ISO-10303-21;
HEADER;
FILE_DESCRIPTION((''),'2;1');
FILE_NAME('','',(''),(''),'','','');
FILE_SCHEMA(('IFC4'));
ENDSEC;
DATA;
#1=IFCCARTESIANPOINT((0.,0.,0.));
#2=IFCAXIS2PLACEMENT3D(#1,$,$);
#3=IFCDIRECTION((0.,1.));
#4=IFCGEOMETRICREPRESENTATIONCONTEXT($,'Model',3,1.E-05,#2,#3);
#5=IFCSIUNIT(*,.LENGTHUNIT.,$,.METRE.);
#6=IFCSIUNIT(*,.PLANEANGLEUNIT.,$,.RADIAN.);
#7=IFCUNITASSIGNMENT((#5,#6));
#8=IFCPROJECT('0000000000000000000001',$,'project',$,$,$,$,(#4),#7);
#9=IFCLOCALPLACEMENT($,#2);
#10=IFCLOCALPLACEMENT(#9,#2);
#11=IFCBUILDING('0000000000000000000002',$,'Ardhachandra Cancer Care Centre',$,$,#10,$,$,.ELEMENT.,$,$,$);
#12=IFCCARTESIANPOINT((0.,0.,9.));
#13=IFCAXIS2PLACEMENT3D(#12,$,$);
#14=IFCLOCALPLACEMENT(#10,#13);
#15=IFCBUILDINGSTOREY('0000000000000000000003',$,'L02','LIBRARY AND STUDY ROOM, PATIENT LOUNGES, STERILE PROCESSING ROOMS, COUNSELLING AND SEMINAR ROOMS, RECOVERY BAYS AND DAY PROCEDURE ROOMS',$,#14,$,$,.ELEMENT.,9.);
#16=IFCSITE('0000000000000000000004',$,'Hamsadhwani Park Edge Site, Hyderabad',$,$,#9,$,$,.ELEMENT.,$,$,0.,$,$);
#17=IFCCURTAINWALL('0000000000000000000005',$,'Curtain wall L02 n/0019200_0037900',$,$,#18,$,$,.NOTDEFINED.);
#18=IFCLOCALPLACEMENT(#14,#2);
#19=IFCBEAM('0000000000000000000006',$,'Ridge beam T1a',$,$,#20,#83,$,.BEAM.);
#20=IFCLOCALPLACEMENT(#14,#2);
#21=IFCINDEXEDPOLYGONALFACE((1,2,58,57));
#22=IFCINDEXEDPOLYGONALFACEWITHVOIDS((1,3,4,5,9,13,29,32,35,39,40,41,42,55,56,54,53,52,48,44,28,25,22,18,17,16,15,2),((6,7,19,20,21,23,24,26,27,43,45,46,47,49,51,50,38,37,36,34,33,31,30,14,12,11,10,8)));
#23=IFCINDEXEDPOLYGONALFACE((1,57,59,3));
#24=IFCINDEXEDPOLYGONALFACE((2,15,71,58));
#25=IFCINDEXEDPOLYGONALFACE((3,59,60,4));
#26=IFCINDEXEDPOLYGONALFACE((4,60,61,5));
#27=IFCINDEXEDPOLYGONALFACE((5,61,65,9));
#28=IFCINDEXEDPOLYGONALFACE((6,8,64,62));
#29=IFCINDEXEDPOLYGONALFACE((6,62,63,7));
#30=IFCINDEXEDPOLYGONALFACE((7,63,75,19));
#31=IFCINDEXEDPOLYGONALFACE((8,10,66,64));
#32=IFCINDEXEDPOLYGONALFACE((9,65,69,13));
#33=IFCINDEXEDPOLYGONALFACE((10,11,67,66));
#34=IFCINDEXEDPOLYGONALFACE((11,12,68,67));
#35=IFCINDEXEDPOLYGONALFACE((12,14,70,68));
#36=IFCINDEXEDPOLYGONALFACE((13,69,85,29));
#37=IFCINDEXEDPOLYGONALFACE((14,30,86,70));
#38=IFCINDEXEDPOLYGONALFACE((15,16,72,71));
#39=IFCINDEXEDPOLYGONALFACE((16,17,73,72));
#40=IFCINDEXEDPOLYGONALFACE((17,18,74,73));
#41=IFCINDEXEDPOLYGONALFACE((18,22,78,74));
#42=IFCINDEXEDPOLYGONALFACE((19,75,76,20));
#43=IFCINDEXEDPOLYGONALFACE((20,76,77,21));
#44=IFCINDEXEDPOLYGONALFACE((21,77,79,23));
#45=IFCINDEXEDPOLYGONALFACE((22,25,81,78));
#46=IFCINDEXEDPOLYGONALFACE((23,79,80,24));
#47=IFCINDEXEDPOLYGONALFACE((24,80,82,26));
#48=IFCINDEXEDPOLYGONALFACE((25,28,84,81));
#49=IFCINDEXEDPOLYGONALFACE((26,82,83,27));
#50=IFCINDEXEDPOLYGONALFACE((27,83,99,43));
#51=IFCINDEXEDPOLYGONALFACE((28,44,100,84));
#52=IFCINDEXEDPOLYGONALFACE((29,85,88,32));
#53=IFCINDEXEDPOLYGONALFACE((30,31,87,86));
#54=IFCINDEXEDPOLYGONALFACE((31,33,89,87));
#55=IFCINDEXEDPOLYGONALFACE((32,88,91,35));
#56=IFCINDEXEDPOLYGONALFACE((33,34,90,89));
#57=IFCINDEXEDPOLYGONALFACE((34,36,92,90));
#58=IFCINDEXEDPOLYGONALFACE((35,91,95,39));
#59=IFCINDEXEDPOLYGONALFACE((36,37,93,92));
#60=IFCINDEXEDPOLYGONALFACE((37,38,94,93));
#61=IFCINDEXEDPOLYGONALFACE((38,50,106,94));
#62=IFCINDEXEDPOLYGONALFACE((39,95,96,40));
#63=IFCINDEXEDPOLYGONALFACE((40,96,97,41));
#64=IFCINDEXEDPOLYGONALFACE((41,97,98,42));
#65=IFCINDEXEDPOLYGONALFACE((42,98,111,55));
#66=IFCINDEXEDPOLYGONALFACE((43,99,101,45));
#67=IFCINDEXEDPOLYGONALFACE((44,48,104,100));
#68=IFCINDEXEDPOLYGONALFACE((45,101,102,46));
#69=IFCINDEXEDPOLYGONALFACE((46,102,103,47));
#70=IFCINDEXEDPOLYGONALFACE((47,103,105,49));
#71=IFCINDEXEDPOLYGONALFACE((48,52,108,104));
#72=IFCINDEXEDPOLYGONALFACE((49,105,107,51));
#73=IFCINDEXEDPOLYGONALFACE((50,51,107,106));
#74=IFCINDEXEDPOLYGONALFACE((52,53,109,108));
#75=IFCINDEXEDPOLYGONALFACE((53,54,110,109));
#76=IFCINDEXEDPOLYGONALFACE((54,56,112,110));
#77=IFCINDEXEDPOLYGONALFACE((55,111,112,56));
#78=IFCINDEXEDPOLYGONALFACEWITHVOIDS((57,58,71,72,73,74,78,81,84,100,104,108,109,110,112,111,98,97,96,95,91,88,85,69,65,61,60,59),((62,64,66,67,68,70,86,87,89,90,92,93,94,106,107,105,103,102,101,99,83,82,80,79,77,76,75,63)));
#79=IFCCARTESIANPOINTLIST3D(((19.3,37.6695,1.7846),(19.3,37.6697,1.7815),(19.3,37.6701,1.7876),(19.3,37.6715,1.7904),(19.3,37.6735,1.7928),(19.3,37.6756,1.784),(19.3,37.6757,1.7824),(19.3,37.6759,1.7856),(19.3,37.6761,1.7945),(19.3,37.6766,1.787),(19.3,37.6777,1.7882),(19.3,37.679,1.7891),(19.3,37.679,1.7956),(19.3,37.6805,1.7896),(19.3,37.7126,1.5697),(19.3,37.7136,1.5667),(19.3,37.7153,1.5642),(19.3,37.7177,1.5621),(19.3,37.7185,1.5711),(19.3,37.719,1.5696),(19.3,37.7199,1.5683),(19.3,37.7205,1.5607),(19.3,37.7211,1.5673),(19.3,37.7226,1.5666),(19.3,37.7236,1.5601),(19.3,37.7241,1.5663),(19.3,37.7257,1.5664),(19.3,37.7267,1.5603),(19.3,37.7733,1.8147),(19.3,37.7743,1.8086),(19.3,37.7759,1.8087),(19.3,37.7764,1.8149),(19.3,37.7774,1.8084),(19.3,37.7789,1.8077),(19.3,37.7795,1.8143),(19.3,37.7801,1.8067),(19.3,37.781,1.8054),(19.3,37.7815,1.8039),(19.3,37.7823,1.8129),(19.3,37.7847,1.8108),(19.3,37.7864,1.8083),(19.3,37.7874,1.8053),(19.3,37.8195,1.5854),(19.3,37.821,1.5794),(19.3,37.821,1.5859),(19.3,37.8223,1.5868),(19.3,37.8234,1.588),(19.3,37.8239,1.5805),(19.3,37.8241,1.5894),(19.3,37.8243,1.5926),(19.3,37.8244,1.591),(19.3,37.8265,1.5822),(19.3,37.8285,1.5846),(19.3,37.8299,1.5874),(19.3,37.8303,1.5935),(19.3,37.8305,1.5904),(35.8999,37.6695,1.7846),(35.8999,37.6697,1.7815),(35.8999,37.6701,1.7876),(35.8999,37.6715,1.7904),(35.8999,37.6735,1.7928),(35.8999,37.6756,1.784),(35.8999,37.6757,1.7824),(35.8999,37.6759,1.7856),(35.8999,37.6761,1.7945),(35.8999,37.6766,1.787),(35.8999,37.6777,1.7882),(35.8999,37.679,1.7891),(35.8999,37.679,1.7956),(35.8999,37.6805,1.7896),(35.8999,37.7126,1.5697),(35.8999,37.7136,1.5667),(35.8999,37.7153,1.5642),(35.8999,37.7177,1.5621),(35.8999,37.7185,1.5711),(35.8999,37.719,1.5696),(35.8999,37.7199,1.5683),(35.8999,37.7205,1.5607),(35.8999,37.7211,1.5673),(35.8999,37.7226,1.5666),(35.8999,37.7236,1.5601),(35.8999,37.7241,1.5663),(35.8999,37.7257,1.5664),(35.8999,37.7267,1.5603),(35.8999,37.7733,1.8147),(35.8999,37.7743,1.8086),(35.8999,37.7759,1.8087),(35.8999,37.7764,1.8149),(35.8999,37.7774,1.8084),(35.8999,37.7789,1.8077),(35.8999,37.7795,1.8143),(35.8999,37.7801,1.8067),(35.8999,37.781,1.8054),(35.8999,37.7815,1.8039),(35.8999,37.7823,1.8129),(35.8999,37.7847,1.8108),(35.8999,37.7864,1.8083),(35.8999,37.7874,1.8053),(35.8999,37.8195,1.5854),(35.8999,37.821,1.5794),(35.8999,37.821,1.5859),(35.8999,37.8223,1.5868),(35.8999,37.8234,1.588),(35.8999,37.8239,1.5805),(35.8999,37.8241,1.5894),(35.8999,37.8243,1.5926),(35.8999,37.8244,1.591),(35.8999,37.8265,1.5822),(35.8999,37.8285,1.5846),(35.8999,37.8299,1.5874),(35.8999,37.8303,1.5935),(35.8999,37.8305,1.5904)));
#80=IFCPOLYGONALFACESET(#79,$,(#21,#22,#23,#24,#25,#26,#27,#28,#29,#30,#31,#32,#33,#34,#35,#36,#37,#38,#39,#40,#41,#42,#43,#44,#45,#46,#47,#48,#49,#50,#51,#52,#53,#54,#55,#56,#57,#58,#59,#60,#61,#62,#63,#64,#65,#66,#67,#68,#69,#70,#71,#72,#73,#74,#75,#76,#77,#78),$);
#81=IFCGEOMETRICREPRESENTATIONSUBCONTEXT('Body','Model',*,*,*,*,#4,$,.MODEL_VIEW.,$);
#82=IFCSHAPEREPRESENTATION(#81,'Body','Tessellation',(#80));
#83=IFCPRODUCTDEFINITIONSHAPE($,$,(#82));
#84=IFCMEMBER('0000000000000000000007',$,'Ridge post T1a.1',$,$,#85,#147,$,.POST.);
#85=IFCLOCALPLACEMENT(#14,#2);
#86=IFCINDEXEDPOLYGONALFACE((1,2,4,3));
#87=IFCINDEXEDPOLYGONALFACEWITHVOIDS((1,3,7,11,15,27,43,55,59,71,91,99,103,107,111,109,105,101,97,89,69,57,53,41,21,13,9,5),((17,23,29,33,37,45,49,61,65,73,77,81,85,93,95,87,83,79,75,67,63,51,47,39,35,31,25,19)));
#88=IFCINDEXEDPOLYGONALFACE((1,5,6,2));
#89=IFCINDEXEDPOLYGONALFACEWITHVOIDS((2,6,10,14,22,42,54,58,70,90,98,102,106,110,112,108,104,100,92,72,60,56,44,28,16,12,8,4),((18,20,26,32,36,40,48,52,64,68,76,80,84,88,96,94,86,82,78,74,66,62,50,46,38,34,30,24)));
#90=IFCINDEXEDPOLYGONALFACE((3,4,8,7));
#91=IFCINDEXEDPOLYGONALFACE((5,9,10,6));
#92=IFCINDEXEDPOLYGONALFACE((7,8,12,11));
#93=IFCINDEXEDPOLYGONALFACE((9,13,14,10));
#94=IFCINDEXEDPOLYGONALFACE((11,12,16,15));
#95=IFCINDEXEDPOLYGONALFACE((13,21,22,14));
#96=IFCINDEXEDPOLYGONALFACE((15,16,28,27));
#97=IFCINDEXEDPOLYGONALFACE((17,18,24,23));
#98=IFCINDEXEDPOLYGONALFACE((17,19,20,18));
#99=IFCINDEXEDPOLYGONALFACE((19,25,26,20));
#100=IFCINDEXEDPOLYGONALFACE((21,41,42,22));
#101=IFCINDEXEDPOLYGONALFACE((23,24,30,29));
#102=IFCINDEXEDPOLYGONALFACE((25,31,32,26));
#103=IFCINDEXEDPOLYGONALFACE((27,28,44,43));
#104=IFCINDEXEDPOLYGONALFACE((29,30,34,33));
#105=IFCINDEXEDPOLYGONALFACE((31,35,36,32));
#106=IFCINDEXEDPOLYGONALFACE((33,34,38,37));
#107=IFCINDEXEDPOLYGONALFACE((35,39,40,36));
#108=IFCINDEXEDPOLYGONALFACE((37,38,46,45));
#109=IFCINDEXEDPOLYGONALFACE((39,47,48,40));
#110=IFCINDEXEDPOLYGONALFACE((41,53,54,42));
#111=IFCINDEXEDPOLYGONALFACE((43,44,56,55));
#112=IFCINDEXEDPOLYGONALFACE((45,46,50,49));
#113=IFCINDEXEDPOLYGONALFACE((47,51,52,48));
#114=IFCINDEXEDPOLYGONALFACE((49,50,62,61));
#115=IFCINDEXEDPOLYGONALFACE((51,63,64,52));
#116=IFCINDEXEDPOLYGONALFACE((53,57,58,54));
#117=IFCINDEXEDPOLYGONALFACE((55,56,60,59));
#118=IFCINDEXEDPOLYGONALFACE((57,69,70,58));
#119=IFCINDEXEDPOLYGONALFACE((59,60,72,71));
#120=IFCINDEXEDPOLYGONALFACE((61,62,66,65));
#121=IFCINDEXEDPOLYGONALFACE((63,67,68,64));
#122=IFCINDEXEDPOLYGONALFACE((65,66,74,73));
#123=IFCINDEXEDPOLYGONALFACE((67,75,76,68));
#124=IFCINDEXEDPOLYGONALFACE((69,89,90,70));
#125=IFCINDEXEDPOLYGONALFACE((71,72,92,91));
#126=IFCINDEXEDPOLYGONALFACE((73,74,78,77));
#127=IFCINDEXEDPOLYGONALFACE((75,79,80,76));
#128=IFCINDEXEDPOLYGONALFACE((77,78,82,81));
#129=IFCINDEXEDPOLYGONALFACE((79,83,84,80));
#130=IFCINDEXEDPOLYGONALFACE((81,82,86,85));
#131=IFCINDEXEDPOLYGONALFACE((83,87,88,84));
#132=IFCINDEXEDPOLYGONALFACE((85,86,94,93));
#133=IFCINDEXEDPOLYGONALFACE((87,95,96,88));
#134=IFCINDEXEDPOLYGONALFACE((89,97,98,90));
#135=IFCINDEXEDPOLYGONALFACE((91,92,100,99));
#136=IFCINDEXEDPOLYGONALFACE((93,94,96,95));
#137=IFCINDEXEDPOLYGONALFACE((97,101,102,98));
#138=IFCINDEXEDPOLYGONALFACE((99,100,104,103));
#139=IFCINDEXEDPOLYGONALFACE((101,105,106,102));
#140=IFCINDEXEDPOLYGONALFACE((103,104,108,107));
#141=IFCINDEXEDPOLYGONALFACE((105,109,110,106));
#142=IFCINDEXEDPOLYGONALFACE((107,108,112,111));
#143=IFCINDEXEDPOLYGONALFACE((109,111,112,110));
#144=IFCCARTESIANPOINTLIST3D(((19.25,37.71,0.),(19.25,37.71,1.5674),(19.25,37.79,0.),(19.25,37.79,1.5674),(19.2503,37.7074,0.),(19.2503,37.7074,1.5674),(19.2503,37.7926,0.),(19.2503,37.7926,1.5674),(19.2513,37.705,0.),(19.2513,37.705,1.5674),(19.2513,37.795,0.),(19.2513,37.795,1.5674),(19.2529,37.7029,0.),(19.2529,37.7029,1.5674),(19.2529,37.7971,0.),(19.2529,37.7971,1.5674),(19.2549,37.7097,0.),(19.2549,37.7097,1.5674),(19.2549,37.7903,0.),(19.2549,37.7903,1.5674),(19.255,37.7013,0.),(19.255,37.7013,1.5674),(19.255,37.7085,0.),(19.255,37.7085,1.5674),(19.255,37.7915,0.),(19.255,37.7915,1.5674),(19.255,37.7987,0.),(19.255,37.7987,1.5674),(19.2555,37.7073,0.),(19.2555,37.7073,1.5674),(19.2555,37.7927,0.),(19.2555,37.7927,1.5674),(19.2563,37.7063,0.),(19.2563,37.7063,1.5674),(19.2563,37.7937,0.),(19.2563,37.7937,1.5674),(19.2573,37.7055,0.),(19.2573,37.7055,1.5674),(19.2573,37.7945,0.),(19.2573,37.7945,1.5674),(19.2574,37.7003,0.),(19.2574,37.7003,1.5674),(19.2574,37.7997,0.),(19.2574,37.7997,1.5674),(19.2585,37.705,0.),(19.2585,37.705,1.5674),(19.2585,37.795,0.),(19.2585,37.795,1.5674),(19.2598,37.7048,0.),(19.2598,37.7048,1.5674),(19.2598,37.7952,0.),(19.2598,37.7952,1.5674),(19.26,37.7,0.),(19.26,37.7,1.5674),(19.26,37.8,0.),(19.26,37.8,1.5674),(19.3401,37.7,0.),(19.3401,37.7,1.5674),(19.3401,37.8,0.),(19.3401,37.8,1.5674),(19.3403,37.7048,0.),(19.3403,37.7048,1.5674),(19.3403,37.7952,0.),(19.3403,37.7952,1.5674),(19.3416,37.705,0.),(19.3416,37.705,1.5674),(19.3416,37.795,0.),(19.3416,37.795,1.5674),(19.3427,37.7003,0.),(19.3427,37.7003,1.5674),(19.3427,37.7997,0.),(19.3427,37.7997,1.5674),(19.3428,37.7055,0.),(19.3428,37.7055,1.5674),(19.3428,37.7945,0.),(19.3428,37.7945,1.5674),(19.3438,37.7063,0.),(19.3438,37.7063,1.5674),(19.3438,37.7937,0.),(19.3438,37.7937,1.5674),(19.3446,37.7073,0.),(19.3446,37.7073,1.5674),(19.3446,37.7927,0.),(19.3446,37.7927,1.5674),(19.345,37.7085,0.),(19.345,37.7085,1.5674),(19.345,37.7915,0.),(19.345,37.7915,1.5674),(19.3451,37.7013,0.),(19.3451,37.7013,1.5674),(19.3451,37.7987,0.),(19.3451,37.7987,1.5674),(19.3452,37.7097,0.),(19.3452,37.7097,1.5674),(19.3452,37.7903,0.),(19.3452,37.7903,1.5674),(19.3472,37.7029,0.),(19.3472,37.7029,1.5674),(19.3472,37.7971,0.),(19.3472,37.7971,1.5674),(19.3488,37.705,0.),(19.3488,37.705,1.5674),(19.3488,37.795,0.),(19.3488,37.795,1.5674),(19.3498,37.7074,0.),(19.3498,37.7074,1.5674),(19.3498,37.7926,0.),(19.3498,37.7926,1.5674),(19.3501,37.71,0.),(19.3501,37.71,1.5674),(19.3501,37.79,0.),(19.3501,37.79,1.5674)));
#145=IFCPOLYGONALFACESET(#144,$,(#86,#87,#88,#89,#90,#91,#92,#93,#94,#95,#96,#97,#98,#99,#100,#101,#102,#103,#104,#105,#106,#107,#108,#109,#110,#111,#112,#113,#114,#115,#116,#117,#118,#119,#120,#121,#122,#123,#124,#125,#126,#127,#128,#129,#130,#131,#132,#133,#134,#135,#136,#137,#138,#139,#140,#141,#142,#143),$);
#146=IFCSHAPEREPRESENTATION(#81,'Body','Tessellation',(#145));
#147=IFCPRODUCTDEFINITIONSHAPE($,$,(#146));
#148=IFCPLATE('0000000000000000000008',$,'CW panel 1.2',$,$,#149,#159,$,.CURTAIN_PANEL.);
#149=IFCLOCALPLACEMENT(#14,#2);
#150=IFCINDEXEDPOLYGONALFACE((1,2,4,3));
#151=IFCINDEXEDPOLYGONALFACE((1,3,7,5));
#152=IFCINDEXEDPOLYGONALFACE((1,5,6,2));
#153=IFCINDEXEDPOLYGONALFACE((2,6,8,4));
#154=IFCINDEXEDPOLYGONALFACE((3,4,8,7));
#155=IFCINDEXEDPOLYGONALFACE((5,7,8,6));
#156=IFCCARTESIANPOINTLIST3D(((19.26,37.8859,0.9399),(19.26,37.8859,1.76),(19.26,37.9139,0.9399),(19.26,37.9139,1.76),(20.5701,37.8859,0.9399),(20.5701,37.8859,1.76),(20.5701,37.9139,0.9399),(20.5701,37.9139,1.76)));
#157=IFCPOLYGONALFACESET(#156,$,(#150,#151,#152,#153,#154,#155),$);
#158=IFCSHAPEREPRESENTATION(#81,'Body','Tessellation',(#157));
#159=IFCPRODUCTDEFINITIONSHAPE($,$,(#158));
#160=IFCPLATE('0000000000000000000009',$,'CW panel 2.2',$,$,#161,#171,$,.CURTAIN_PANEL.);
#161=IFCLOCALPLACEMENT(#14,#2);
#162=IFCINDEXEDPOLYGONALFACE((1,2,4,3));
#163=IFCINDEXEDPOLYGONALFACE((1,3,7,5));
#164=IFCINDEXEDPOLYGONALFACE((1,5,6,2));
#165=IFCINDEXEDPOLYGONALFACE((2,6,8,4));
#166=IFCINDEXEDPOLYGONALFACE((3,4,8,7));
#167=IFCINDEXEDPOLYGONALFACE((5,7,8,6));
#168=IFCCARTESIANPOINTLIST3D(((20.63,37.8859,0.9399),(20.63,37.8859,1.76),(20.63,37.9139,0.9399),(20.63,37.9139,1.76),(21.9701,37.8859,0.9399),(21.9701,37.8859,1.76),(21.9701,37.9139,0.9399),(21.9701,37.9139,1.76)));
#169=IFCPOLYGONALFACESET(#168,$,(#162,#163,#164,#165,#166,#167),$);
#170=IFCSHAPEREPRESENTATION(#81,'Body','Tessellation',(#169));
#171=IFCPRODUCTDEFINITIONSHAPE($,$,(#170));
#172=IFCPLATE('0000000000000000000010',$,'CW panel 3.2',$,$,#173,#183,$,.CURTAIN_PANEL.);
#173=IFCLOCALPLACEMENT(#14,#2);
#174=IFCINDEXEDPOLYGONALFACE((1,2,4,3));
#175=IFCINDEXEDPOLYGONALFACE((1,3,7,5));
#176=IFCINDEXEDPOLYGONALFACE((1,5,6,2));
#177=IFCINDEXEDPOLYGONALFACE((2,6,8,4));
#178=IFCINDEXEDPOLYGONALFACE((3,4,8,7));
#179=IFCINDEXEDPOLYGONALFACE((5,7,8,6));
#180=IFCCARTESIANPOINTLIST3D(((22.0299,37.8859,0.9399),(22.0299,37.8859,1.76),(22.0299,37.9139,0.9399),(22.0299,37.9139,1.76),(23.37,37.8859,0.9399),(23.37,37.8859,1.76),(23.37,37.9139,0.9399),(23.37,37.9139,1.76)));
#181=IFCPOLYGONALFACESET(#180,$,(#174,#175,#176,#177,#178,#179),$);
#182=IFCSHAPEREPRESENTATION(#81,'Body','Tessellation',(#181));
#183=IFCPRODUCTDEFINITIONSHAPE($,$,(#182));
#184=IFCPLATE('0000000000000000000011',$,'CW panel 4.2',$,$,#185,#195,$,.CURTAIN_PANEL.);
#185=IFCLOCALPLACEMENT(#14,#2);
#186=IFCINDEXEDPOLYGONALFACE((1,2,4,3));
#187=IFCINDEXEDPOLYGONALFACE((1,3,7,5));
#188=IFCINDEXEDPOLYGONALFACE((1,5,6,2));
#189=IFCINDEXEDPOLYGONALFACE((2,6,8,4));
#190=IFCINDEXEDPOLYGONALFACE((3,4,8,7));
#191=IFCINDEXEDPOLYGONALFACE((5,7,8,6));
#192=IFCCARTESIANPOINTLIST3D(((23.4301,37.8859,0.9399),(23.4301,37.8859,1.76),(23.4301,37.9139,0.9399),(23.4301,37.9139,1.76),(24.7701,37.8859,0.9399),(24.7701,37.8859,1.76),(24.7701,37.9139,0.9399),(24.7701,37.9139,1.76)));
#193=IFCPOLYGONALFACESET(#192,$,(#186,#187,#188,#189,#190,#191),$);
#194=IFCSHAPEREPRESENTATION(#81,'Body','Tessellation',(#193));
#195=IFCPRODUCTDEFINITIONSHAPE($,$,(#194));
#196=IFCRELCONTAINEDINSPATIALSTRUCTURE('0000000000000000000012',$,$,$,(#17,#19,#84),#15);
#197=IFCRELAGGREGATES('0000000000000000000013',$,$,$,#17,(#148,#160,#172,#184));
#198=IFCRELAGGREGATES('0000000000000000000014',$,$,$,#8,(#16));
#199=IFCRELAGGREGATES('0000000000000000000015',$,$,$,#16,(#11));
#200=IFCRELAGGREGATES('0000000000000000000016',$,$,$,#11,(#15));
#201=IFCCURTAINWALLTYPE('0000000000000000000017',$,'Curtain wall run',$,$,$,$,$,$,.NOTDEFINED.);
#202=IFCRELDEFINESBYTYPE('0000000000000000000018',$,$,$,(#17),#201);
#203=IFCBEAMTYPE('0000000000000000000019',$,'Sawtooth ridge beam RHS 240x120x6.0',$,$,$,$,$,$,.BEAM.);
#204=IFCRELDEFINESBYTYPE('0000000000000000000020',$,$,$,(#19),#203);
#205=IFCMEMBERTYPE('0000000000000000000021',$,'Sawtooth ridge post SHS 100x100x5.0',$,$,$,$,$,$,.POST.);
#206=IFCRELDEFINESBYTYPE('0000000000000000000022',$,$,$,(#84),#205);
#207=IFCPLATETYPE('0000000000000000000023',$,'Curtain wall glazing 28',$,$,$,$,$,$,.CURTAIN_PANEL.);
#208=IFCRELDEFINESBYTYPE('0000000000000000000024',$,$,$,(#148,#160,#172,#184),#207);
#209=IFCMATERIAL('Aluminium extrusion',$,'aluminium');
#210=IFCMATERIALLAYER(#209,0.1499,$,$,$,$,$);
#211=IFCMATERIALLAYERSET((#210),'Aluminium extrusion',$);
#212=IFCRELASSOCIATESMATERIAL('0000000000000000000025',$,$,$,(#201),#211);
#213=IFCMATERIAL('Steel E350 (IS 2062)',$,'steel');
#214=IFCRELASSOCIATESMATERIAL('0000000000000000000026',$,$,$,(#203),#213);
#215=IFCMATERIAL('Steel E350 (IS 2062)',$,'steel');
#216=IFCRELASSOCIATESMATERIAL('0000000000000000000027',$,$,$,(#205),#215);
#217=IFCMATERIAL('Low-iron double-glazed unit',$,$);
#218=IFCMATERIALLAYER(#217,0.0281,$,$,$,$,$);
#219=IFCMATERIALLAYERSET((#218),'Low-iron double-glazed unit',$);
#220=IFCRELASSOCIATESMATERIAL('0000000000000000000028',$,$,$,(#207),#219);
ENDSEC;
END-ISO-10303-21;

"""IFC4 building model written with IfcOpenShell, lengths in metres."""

from ifc_helpers import new_model, si_unit, direction, frame, origin, origin_2d, place, context, subcontext, project, spatial, rectangle, hollow_rectangle, extrude, material, layer, layer_set, material_profile, profile_set, type_object, element, aggregate, save


model = new_model("IFC4")

# Units and contexts
model_context = context("Model", 3, precision=1e-05, world=origin(), true_north=direction((0.0, 1.0)))
body_context = subcontext(model_context, "Body", "Model", "MODEL_VIEW")
ifc_project = project(units=[si_unit("LENGTHUNIT", "METRE"), si_unit("PLANEANGLEUNIT", "RADIAN")], contexts=[model_context])

# Site, building, storey
site_placement = place(None, origin())
site = spatial("IfcSite", under=ifc_project, at=site_placement, Name="Hamsadhwani Park Edge Site, Hyderabad", CompositionType="ELEMENT", RefElevation=0.0)
building_placement = place(site_placement, origin())
building = spatial("IfcBuilding", under=site, at=building_placement, Name="Ardhachandra Cancer Care Centre", CompositionType="ELEMENT")
storey_placement = place(building_placement, frame((0.0, 0.0, 9.0)))
storey = spatial("IfcBuildingStorey", under=building, at=storey_placement, Name="L02", Description="LIBRARY AND STUDY ROOM, PATIENT LOUNGES, STERILE PROCESSING ROOMS, COUNSELLING AND SEMINAR ROOMS, RECOVERY BAYS AND DAY PROCEDURE ROOMS", CompositionType="ELEMENT", Elevation=9.0)

# Curtain wall
ifc_material_1 = material(Name="Aluminium extrusion", Category="aluminium")
ifc_layer_1 = layer(ifc_material_1, 0.1499)
ifc_layer_set_1 = layer_set([ifc_layer_1], Name="Aluminium extrusion")
curtain_wall_type = type_object("IfcCurtainWallType", Name="Curtain wall run", PredefinedType="NOTDEFINED", material=ifc_layer_set_1)
curtain_wall_placement = place(storey_placement, origin())
curtain_wall = element("IfcCurtainWall", 1, at=curtain_wall_placement, inside=storey, type_object=curtain_wall_type, Name="Curtain wall L02 n/0019200_0037900", PredefinedType="NOTDEFINED")

# Beam
ifc_material_2 = material(Name="Steel E350 (IS 2062)", Category="steel")
ifc_material_profile_1 = material_profile(ifc_material_2, hollow_rectangle(XDim=0.1201, YDim=0.24, WallThickness=0.0061, InnerFilletRadius=0.0061, OuterFilletRadius=0.012, at=origin_2d()), Name="RHS 240x120x6.0")
ifc_profile_set_1 = profile_set([ifc_material_profile_1], Name="Steel E350 (IS 2062)")
beam_type = type_object("IfcBeamType", Name="Sawtooth ridge beam RHS 240x120x6.0", PredefinedType="BEAM", material=ifc_profile_set_1)
beam_placement = place(storey_placement, frame((19.3, 37.75, 1.6875), z_axis=(1.0, 0.0, 0.0), x_axis=(0.0, 0.980107, 0.198472)))
element("IfcBeam", 2, at=beam_placement, inside=storey, type_object=beam_type, Name="Ridge beam T1a", PredefinedType="BEAM", context=body_context, shape_type="SweptSolid", body=[
    extrude(hollow_rectangle(XDim=0.1201, YDim=0.24, WallThickness=0.0061, InnerFilletRadius=0.0061, OuterFilletRadius=0.012, at=origin_2d()), origin(), (0.0, 0.0, 1.0), 16.5999),
])

# Member
ifc_material_3 = material(Name="Steel E350 (IS 2062)", Category="steel")
ifc_material_profile_2 = material_profile(ifc_material_3, hollow_rectangle(XDim=0.1001, YDim=0.1001, WallThickness=0.0049, InnerFilletRadius=0.0049, OuterFilletRadius=0.01, at=origin_2d()), Name="SHS 100x100x5.0")
ifc_profile_set_2 = profile_set([ifc_material_profile_2], Name="Steel E350 (IS 2062)")
member_type_1 = type_object("IfcMemberType", Name="Sawtooth ridge post SHS 100x100x5.0", PredefinedType="POST", material=ifc_profile_set_2)
member_1_placement = place(storey_placement, frame((19.3, 37.75, 0.0), z_axis=(0.0, 0.0, 1.0), x_axis=(1.0, 0.0, 0.0)))
element("IfcMember", 3, at=member_1_placement, inside=storey, type_object=member_type_1, Name="Ridge post T1a.1", PredefinedType="POST", context=body_context, shape_type="SweptSolid", body=[
    extrude(hollow_rectangle(XDim=0.1001, YDim=0.1001, WallThickness=0.0049, InnerFilletRadius=0.0049, OuterFilletRadius=0.01, at=origin_2d()), origin(), (0.0, 0.0, 1.0), 1.5674),
])

# Plates
ifc_material_4 = material(Name="Low-iron double-glazed unit")
ifc_layer_2 = layer(ifc_material_4, 0.0281)
ifc_layer_set_2 = layer_set([ifc_layer_2], Name="Low-iron double-glazed unit")
plate_type_1 = type_object("IfcPlateType", Name="Curtain wall glazing 28", PredefinedType="CURTAIN_PANEL", material=ifc_layer_set_2)
plate_1_placement = place(storey_placement, frame((19.915, 37.8999, 0.9399), z_axis=(0.0, 0.0, 1.0), x_axis=(1.0, 0.0, 0.0)))
plate_1 = element("IfcPlate", 4, at=plate_1_placement, type_object=plate_type_1, Name="CW panel 1.2", PredefinedType="CURTAIN_PANEL", context=body_context, shape_type="SweptSolid", body=[
    extrude(rectangle(XDim=1.3101, YDim=0.0281, at=origin_2d()), origin(), (0.0, 0.0, 1.0), 0.8201),
])
plate_2_placement = place(storey_placement, frame((21.3, 37.8999, 0.9399), z_axis=(0.0, 0.0, 1.0), x_axis=(1.0, 0.0, 0.0)))
plate_2 = element("IfcPlate", 5, at=plate_2_placement, type_object=plate_type_1, Name="CW panel 2.2", PredefinedType="CURTAIN_PANEL", context=body_context, shape_type="SweptSolid", body=[
    extrude(rectangle(XDim=1.3401, YDim=0.0281, at=origin_2d()), origin(), (0.0, 0.0, 1.0), 0.8201),
])
plate_3_placement = place(storey_placement, frame((22.7, 37.8999, 0.9399), z_axis=(0.0, 0.0, 1.0), x_axis=(1.0, 0.0, 0.0)))
plate_3 = element("IfcPlate", 6, at=plate_3_placement, type_object=plate_type_1, Name="CW panel 3.2", PredefinedType="CURTAIN_PANEL", context=body_context, shape_type="SweptSolid", body=[
    extrude(rectangle(XDim=1.3401, YDim=0.0281, at=origin_2d()), origin(), (0.0, 0.0, 1.0), 0.8201),
])
plate_4_placement = place(storey_placement, frame((24.1001, 37.8999, 0.9399), z_axis=(0.0, 0.0, 1.0), x_axis=(1.0, 0.0, 0.0)))
plate_4 = element("IfcPlate", 7, at=plate_4_placement, type_object=plate_type_1, Name="CW panel 4.2", PredefinedType="CURTAIN_PANEL", context=body_context, shape_type="SweptSolid", body=[
    extrude(rectangle(XDim=1.3401, YDim=0.0281, at=origin_2d()), origin(), (0.0, 0.0, 1.0), 0.8201),
])
aggregate(curtain_wall, [plate_1, plate_2, plate_3, plate_4])

save(model, "model.ifc")
